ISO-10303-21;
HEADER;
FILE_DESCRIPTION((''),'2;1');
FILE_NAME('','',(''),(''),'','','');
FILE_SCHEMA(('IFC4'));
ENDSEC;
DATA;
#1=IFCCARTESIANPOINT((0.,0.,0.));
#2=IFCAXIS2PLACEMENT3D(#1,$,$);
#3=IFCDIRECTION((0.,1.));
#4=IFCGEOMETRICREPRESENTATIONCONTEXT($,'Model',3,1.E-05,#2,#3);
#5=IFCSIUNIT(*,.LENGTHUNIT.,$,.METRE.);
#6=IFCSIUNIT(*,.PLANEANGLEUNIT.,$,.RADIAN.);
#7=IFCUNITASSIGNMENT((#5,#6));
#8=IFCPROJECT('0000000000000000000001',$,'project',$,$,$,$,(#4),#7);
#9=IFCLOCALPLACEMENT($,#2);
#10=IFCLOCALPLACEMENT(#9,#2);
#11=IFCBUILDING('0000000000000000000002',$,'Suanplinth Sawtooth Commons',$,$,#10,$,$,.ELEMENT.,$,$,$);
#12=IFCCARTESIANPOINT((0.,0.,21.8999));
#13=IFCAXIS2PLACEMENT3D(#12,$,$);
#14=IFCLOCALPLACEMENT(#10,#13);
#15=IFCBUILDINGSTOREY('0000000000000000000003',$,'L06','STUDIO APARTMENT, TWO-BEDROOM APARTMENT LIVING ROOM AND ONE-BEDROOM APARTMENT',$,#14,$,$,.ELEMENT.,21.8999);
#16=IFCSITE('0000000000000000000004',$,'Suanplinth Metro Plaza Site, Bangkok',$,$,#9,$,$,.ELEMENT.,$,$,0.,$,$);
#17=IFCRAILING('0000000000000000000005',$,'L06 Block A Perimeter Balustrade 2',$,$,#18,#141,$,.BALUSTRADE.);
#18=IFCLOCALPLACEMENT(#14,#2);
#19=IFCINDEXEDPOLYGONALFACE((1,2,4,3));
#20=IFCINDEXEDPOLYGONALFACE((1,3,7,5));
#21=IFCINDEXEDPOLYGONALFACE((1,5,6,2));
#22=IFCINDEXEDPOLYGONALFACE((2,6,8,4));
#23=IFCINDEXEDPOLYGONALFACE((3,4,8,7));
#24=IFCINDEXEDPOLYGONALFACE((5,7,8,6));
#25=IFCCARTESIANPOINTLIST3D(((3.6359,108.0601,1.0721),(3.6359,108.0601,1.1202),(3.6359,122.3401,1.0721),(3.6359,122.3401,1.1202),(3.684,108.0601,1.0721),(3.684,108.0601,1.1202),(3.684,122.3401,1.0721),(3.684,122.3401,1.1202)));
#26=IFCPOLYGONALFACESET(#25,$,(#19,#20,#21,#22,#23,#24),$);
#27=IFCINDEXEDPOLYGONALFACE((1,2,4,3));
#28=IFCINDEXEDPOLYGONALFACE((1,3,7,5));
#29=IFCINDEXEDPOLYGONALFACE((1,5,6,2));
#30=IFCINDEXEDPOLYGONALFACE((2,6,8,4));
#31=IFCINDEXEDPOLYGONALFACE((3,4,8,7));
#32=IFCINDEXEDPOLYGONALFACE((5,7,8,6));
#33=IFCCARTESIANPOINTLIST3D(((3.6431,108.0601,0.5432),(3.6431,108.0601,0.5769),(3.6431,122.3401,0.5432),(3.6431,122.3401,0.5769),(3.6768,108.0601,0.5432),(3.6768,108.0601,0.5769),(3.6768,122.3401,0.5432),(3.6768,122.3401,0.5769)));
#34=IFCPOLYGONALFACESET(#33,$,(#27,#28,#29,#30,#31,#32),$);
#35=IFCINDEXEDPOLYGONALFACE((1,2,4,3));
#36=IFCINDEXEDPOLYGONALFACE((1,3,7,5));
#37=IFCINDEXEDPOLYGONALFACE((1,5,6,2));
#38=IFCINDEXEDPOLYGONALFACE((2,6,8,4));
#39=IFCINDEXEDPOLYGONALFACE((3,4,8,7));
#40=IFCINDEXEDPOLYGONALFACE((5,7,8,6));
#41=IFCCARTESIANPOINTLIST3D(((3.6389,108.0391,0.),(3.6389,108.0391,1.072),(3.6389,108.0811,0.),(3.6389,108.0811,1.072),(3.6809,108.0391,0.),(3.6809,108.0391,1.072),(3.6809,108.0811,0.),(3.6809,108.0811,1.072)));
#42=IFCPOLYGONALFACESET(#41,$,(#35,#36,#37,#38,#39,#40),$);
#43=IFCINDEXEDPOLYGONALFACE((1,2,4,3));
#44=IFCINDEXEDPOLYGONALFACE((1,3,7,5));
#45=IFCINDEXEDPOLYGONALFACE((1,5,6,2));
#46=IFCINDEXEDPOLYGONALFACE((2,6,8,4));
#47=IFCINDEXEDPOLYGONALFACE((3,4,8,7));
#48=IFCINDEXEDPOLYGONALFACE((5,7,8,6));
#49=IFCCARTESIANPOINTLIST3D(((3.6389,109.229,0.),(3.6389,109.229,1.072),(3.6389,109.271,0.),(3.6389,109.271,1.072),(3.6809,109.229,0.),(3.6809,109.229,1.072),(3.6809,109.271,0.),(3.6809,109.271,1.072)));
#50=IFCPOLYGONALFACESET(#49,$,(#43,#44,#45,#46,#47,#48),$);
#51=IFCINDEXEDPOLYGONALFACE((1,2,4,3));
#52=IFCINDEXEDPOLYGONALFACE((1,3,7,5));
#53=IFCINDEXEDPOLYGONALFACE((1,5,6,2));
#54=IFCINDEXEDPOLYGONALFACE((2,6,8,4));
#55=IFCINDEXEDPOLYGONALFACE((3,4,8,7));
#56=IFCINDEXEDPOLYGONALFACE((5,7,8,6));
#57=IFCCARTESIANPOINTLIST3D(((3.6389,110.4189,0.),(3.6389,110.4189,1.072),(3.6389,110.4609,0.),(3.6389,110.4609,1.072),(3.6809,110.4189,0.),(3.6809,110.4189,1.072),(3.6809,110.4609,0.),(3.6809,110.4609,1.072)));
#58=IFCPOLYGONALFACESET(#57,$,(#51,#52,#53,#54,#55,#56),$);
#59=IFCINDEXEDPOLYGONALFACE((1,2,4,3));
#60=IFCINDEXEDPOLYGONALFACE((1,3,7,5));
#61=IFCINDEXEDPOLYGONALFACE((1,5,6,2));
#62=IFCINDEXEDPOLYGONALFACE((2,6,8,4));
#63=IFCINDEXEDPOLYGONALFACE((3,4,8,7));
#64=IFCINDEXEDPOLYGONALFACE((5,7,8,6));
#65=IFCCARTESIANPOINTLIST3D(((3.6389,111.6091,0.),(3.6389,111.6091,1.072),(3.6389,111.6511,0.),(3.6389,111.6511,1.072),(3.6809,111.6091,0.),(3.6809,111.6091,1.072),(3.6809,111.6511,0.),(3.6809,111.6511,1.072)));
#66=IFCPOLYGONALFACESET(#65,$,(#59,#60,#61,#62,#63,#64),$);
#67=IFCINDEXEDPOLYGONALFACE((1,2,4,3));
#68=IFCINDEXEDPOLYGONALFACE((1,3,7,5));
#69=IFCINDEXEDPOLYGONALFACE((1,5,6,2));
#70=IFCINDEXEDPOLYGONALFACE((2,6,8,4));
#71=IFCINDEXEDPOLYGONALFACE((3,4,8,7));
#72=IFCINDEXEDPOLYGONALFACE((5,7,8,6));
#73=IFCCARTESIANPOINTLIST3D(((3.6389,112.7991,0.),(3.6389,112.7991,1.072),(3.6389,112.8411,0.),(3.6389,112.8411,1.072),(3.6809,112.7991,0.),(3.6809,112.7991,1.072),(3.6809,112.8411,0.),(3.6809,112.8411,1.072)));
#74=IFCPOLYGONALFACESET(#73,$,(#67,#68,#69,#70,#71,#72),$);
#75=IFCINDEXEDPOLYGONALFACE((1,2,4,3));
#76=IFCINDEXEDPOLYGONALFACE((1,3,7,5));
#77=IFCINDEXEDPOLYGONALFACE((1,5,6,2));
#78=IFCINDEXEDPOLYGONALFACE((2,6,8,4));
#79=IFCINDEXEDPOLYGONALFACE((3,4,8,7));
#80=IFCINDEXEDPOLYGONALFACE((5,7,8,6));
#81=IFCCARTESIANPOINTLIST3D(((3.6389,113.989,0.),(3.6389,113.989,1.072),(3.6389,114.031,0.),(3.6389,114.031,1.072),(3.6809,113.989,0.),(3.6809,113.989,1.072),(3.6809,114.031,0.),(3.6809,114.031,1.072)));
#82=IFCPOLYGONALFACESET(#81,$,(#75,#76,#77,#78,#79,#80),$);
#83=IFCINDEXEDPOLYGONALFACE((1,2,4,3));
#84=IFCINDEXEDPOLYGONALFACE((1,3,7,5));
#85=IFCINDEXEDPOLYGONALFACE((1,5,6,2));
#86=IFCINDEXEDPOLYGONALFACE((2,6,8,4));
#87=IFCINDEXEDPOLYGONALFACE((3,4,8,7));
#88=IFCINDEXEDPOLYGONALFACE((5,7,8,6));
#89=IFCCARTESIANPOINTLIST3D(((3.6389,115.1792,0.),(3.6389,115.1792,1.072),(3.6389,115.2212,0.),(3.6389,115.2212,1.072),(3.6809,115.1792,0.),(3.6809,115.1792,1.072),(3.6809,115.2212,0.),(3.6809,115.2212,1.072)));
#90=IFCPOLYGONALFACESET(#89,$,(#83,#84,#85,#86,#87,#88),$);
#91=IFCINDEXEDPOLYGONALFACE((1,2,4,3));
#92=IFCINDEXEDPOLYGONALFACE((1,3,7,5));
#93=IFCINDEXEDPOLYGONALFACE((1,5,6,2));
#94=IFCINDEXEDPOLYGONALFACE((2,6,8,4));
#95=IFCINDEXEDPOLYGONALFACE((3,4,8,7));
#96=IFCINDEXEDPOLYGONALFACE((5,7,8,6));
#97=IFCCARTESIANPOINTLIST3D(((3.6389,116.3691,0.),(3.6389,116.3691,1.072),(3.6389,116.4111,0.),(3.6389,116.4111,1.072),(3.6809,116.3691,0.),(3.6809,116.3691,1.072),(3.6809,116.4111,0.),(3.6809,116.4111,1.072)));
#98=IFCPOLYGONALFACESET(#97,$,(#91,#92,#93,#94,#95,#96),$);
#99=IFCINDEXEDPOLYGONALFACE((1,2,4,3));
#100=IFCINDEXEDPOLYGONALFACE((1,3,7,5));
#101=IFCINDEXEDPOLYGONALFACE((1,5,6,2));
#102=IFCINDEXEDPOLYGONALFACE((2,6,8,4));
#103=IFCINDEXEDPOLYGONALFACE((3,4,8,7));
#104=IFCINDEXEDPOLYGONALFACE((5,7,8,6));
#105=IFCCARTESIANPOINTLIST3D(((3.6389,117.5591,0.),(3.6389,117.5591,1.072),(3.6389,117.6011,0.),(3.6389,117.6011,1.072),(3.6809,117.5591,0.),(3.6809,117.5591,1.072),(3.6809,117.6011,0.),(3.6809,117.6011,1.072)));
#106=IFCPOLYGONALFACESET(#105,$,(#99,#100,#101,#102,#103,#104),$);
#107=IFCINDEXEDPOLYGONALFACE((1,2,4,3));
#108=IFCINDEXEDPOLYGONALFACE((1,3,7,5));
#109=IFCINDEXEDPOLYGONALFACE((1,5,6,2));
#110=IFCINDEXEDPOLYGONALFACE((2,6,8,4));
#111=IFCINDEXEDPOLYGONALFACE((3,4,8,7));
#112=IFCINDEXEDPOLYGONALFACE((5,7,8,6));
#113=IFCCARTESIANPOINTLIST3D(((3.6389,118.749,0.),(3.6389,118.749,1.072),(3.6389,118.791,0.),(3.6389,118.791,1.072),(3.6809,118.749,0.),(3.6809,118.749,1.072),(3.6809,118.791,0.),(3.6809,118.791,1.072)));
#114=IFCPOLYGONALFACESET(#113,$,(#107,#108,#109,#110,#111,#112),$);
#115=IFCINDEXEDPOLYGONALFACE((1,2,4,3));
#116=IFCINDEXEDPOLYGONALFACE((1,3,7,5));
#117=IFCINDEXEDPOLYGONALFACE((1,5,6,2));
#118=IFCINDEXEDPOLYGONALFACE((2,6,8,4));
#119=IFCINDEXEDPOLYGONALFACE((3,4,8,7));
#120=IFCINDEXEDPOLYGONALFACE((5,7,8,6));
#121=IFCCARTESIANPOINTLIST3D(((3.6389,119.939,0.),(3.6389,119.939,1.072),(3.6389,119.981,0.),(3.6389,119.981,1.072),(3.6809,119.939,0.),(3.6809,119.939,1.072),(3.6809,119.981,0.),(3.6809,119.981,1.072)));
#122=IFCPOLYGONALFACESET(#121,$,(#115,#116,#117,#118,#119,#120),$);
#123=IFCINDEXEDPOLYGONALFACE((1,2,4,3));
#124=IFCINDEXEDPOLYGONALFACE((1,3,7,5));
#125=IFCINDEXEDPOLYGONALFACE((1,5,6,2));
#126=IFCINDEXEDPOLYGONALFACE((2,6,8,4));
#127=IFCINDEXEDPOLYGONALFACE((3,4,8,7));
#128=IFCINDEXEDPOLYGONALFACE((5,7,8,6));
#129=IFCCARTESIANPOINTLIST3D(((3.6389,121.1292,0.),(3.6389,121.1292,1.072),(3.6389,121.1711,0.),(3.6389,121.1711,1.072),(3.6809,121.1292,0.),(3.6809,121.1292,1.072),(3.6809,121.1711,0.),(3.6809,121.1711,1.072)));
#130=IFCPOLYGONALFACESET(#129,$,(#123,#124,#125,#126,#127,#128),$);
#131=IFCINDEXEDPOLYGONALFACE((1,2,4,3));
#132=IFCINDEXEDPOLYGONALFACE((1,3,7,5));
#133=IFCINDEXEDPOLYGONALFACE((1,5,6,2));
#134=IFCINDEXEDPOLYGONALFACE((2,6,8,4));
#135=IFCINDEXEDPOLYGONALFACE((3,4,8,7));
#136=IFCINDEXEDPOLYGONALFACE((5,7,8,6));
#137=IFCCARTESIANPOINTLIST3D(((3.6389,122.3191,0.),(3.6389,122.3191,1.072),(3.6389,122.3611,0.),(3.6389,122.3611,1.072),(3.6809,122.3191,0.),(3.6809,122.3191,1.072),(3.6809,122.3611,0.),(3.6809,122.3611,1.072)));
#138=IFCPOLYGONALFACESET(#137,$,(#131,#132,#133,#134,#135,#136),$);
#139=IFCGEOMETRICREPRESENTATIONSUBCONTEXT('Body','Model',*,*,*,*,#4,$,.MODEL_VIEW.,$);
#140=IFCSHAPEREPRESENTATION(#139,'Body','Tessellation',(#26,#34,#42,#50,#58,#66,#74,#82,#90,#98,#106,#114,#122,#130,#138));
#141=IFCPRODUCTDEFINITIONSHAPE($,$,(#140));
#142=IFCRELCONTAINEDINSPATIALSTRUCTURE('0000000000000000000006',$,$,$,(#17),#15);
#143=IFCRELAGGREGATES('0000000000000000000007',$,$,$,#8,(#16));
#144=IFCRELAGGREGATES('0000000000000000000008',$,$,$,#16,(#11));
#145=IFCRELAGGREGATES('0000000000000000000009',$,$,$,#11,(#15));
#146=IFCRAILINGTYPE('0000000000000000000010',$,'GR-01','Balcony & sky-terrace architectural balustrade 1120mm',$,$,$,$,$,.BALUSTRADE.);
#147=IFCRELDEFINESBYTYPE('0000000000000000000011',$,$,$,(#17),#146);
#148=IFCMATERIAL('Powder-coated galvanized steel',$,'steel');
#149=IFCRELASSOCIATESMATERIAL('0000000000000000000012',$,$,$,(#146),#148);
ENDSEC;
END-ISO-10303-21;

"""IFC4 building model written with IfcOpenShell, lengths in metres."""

from ifc_helpers import new_model, si_unit, direction, frame, origin, origin_2d, place, context, subcontext, project, spatial, rectangle, extrude, material, type_object, element, save


model = new_model("IFC4")

# Units and contexts
model_context = context("Model", 3, precision=1e-05, world=origin(), true_north=direction((0.0, 1.0)))
body_context = subcontext(model_context, "Body", "Model", "MODEL_VIEW")
ifc_project = project(units=[si_unit("LENGTHUNIT", "METRE"), si_unit("PLANEANGLEUNIT", "RADIAN")], contexts=[model_context])

# Site, building, storey
site_placement = place(None, origin())
site = spatial("IfcSite", under=ifc_project, at=site_placement, Name="Suanplinth Metro Plaza Site, Bangkok", CompositionType="ELEMENT", RefElevation=0.0)
building_placement = place(site_placement, origin())
building = spatial("IfcBuilding", under=site, at=building_placement, Name="Suanplinth Sawtooth Commons", CompositionType="ELEMENT")
storey_placement = place(building_placement, frame((0.0, 0.0, 21.8999)))
storey = spatial("IfcBuildingStorey", under=building, at=storey_placement, Name="L06", Description="STUDIO APARTMENT, TWO-BEDROOM APARTMENT LIVING ROOM AND ONE-BEDROOM APARTMENT", CompositionType="ELEMENT", Elevation=21.8999)

# Railing
ifc_material_1 = material(Name="Powder-coated galvanized steel", Category="steel")
railing_type = type_object("IfcRailingType", Name="GR-01", Description="Balcony & sky-terrace architectural balustrade 1120mm", PredefinedType="BALUSTRADE", material=ifc_material_1)
railing_1_placement = place(storey_placement, frame((3.6599, 108.0601, 0.0)))
element("IfcRailing", 1, at=railing_1_placement, inside=storey, type_object=railing_type, Name="L06 Block A Perimeter Balustrade 2", PredefinedType="BALUSTRADE", context=body_context, shape_type="SweptSolid", body=[
    extrude(rectangle(XDim=0.0481, YDim=0.0481, at=origin_2d()), frame((0.0, 0.0, 1.0962), z_axis=(0.0, 1.0, 0.0), x_axis=(-1.0, 0.0, 0.0)), (0.0, 0.0, 1.0), 14.28),
    extrude(rectangle(XDim=0.0337, YDim=0.0337, at=origin_2d()), frame((0.0, 0.0, 0.5601), z_axis=(0.0, 1.0, 0.0), x_axis=(-1.0, 0.0, 0.0)), (0.0, 0.0, 1.0), 14.28),
    extrude(rectangle(XDim=0.042, YDim=0.042, at=origin_2d()), origin(), (0.0, 0.0, 1.0), 1.072),
    extrude(rectangle(XDim=0.042, YDim=0.042, at=origin_2d()), frame((0.0, 1.1899, 0.0)), (0.0, 0.0, 1.0), 1.072),
    extrude(rectangle(XDim=0.042, YDim=0.042, at=origin_2d()), frame((0.0, 2.3799, 0.0)), (0.0, 0.0, 1.0), 1.072),
    extrude(rectangle(XDim=0.042, YDim=0.042, at=origin_2d()), frame((0.0, 3.5701, 0.0)), (0.0, 0.0, 1.0), 1.072),
    extrude(rectangle(XDim=0.042, YDim=0.042, at=origin_2d()), frame((0.0, 4.76, 0.0)), (0.0, 0.0, 1.0), 1.072),
    extrude(rectangle(XDim=0.042, YDim=0.042, at=origin_2d()), frame((0.0, 5.95, 0.0)), (0.0, 0.0, 1.0), 1.072),
    extrude(rectangle(XDim=0.042, YDim=0.042, at=origin_2d()), frame((0.0, 7.1401, 0.0)), (0.0, 0.0, 1.0), 1.072),
    extrude(rectangle(XDim=0.042, YDim=0.042, at=origin_2d()), frame((0.0, 8.3301, 0.0)), (0.0, 0.0, 1.0), 1.072),
    extrude(rectangle(XDim=0.042, YDim=0.042, at=origin_2d()), frame((0.0, 9.52, 0.0)), (0.0, 0.0, 1.0), 1.072),
    extrude(rectangle(XDim=0.042, YDim=0.042, at=origin_2d()), frame((0.0, 10.71, 0.0)), (0.0, 0.0, 1.0), 1.072),
    extrude(rectangle(XDim=0.042, YDim=0.042, at=origin_2d()), frame((0.0, 11.8999, 0.0)), (0.0, 0.0, 1.0), 1.072),
    extrude(rectangle(XDim=0.042, YDim=0.042, at=origin_2d()), frame((0.0, 13.0901, 0.0)), (0.0, 0.0, 1.0), 1.072),
    extrude(rectangle(XDim=0.042, YDim=0.042, at=origin_2d()), frame((0.0, 14.28, 0.0)), (0.0, 0.0, 1.0), 1.072),
])

save(model, "model.ifc")
